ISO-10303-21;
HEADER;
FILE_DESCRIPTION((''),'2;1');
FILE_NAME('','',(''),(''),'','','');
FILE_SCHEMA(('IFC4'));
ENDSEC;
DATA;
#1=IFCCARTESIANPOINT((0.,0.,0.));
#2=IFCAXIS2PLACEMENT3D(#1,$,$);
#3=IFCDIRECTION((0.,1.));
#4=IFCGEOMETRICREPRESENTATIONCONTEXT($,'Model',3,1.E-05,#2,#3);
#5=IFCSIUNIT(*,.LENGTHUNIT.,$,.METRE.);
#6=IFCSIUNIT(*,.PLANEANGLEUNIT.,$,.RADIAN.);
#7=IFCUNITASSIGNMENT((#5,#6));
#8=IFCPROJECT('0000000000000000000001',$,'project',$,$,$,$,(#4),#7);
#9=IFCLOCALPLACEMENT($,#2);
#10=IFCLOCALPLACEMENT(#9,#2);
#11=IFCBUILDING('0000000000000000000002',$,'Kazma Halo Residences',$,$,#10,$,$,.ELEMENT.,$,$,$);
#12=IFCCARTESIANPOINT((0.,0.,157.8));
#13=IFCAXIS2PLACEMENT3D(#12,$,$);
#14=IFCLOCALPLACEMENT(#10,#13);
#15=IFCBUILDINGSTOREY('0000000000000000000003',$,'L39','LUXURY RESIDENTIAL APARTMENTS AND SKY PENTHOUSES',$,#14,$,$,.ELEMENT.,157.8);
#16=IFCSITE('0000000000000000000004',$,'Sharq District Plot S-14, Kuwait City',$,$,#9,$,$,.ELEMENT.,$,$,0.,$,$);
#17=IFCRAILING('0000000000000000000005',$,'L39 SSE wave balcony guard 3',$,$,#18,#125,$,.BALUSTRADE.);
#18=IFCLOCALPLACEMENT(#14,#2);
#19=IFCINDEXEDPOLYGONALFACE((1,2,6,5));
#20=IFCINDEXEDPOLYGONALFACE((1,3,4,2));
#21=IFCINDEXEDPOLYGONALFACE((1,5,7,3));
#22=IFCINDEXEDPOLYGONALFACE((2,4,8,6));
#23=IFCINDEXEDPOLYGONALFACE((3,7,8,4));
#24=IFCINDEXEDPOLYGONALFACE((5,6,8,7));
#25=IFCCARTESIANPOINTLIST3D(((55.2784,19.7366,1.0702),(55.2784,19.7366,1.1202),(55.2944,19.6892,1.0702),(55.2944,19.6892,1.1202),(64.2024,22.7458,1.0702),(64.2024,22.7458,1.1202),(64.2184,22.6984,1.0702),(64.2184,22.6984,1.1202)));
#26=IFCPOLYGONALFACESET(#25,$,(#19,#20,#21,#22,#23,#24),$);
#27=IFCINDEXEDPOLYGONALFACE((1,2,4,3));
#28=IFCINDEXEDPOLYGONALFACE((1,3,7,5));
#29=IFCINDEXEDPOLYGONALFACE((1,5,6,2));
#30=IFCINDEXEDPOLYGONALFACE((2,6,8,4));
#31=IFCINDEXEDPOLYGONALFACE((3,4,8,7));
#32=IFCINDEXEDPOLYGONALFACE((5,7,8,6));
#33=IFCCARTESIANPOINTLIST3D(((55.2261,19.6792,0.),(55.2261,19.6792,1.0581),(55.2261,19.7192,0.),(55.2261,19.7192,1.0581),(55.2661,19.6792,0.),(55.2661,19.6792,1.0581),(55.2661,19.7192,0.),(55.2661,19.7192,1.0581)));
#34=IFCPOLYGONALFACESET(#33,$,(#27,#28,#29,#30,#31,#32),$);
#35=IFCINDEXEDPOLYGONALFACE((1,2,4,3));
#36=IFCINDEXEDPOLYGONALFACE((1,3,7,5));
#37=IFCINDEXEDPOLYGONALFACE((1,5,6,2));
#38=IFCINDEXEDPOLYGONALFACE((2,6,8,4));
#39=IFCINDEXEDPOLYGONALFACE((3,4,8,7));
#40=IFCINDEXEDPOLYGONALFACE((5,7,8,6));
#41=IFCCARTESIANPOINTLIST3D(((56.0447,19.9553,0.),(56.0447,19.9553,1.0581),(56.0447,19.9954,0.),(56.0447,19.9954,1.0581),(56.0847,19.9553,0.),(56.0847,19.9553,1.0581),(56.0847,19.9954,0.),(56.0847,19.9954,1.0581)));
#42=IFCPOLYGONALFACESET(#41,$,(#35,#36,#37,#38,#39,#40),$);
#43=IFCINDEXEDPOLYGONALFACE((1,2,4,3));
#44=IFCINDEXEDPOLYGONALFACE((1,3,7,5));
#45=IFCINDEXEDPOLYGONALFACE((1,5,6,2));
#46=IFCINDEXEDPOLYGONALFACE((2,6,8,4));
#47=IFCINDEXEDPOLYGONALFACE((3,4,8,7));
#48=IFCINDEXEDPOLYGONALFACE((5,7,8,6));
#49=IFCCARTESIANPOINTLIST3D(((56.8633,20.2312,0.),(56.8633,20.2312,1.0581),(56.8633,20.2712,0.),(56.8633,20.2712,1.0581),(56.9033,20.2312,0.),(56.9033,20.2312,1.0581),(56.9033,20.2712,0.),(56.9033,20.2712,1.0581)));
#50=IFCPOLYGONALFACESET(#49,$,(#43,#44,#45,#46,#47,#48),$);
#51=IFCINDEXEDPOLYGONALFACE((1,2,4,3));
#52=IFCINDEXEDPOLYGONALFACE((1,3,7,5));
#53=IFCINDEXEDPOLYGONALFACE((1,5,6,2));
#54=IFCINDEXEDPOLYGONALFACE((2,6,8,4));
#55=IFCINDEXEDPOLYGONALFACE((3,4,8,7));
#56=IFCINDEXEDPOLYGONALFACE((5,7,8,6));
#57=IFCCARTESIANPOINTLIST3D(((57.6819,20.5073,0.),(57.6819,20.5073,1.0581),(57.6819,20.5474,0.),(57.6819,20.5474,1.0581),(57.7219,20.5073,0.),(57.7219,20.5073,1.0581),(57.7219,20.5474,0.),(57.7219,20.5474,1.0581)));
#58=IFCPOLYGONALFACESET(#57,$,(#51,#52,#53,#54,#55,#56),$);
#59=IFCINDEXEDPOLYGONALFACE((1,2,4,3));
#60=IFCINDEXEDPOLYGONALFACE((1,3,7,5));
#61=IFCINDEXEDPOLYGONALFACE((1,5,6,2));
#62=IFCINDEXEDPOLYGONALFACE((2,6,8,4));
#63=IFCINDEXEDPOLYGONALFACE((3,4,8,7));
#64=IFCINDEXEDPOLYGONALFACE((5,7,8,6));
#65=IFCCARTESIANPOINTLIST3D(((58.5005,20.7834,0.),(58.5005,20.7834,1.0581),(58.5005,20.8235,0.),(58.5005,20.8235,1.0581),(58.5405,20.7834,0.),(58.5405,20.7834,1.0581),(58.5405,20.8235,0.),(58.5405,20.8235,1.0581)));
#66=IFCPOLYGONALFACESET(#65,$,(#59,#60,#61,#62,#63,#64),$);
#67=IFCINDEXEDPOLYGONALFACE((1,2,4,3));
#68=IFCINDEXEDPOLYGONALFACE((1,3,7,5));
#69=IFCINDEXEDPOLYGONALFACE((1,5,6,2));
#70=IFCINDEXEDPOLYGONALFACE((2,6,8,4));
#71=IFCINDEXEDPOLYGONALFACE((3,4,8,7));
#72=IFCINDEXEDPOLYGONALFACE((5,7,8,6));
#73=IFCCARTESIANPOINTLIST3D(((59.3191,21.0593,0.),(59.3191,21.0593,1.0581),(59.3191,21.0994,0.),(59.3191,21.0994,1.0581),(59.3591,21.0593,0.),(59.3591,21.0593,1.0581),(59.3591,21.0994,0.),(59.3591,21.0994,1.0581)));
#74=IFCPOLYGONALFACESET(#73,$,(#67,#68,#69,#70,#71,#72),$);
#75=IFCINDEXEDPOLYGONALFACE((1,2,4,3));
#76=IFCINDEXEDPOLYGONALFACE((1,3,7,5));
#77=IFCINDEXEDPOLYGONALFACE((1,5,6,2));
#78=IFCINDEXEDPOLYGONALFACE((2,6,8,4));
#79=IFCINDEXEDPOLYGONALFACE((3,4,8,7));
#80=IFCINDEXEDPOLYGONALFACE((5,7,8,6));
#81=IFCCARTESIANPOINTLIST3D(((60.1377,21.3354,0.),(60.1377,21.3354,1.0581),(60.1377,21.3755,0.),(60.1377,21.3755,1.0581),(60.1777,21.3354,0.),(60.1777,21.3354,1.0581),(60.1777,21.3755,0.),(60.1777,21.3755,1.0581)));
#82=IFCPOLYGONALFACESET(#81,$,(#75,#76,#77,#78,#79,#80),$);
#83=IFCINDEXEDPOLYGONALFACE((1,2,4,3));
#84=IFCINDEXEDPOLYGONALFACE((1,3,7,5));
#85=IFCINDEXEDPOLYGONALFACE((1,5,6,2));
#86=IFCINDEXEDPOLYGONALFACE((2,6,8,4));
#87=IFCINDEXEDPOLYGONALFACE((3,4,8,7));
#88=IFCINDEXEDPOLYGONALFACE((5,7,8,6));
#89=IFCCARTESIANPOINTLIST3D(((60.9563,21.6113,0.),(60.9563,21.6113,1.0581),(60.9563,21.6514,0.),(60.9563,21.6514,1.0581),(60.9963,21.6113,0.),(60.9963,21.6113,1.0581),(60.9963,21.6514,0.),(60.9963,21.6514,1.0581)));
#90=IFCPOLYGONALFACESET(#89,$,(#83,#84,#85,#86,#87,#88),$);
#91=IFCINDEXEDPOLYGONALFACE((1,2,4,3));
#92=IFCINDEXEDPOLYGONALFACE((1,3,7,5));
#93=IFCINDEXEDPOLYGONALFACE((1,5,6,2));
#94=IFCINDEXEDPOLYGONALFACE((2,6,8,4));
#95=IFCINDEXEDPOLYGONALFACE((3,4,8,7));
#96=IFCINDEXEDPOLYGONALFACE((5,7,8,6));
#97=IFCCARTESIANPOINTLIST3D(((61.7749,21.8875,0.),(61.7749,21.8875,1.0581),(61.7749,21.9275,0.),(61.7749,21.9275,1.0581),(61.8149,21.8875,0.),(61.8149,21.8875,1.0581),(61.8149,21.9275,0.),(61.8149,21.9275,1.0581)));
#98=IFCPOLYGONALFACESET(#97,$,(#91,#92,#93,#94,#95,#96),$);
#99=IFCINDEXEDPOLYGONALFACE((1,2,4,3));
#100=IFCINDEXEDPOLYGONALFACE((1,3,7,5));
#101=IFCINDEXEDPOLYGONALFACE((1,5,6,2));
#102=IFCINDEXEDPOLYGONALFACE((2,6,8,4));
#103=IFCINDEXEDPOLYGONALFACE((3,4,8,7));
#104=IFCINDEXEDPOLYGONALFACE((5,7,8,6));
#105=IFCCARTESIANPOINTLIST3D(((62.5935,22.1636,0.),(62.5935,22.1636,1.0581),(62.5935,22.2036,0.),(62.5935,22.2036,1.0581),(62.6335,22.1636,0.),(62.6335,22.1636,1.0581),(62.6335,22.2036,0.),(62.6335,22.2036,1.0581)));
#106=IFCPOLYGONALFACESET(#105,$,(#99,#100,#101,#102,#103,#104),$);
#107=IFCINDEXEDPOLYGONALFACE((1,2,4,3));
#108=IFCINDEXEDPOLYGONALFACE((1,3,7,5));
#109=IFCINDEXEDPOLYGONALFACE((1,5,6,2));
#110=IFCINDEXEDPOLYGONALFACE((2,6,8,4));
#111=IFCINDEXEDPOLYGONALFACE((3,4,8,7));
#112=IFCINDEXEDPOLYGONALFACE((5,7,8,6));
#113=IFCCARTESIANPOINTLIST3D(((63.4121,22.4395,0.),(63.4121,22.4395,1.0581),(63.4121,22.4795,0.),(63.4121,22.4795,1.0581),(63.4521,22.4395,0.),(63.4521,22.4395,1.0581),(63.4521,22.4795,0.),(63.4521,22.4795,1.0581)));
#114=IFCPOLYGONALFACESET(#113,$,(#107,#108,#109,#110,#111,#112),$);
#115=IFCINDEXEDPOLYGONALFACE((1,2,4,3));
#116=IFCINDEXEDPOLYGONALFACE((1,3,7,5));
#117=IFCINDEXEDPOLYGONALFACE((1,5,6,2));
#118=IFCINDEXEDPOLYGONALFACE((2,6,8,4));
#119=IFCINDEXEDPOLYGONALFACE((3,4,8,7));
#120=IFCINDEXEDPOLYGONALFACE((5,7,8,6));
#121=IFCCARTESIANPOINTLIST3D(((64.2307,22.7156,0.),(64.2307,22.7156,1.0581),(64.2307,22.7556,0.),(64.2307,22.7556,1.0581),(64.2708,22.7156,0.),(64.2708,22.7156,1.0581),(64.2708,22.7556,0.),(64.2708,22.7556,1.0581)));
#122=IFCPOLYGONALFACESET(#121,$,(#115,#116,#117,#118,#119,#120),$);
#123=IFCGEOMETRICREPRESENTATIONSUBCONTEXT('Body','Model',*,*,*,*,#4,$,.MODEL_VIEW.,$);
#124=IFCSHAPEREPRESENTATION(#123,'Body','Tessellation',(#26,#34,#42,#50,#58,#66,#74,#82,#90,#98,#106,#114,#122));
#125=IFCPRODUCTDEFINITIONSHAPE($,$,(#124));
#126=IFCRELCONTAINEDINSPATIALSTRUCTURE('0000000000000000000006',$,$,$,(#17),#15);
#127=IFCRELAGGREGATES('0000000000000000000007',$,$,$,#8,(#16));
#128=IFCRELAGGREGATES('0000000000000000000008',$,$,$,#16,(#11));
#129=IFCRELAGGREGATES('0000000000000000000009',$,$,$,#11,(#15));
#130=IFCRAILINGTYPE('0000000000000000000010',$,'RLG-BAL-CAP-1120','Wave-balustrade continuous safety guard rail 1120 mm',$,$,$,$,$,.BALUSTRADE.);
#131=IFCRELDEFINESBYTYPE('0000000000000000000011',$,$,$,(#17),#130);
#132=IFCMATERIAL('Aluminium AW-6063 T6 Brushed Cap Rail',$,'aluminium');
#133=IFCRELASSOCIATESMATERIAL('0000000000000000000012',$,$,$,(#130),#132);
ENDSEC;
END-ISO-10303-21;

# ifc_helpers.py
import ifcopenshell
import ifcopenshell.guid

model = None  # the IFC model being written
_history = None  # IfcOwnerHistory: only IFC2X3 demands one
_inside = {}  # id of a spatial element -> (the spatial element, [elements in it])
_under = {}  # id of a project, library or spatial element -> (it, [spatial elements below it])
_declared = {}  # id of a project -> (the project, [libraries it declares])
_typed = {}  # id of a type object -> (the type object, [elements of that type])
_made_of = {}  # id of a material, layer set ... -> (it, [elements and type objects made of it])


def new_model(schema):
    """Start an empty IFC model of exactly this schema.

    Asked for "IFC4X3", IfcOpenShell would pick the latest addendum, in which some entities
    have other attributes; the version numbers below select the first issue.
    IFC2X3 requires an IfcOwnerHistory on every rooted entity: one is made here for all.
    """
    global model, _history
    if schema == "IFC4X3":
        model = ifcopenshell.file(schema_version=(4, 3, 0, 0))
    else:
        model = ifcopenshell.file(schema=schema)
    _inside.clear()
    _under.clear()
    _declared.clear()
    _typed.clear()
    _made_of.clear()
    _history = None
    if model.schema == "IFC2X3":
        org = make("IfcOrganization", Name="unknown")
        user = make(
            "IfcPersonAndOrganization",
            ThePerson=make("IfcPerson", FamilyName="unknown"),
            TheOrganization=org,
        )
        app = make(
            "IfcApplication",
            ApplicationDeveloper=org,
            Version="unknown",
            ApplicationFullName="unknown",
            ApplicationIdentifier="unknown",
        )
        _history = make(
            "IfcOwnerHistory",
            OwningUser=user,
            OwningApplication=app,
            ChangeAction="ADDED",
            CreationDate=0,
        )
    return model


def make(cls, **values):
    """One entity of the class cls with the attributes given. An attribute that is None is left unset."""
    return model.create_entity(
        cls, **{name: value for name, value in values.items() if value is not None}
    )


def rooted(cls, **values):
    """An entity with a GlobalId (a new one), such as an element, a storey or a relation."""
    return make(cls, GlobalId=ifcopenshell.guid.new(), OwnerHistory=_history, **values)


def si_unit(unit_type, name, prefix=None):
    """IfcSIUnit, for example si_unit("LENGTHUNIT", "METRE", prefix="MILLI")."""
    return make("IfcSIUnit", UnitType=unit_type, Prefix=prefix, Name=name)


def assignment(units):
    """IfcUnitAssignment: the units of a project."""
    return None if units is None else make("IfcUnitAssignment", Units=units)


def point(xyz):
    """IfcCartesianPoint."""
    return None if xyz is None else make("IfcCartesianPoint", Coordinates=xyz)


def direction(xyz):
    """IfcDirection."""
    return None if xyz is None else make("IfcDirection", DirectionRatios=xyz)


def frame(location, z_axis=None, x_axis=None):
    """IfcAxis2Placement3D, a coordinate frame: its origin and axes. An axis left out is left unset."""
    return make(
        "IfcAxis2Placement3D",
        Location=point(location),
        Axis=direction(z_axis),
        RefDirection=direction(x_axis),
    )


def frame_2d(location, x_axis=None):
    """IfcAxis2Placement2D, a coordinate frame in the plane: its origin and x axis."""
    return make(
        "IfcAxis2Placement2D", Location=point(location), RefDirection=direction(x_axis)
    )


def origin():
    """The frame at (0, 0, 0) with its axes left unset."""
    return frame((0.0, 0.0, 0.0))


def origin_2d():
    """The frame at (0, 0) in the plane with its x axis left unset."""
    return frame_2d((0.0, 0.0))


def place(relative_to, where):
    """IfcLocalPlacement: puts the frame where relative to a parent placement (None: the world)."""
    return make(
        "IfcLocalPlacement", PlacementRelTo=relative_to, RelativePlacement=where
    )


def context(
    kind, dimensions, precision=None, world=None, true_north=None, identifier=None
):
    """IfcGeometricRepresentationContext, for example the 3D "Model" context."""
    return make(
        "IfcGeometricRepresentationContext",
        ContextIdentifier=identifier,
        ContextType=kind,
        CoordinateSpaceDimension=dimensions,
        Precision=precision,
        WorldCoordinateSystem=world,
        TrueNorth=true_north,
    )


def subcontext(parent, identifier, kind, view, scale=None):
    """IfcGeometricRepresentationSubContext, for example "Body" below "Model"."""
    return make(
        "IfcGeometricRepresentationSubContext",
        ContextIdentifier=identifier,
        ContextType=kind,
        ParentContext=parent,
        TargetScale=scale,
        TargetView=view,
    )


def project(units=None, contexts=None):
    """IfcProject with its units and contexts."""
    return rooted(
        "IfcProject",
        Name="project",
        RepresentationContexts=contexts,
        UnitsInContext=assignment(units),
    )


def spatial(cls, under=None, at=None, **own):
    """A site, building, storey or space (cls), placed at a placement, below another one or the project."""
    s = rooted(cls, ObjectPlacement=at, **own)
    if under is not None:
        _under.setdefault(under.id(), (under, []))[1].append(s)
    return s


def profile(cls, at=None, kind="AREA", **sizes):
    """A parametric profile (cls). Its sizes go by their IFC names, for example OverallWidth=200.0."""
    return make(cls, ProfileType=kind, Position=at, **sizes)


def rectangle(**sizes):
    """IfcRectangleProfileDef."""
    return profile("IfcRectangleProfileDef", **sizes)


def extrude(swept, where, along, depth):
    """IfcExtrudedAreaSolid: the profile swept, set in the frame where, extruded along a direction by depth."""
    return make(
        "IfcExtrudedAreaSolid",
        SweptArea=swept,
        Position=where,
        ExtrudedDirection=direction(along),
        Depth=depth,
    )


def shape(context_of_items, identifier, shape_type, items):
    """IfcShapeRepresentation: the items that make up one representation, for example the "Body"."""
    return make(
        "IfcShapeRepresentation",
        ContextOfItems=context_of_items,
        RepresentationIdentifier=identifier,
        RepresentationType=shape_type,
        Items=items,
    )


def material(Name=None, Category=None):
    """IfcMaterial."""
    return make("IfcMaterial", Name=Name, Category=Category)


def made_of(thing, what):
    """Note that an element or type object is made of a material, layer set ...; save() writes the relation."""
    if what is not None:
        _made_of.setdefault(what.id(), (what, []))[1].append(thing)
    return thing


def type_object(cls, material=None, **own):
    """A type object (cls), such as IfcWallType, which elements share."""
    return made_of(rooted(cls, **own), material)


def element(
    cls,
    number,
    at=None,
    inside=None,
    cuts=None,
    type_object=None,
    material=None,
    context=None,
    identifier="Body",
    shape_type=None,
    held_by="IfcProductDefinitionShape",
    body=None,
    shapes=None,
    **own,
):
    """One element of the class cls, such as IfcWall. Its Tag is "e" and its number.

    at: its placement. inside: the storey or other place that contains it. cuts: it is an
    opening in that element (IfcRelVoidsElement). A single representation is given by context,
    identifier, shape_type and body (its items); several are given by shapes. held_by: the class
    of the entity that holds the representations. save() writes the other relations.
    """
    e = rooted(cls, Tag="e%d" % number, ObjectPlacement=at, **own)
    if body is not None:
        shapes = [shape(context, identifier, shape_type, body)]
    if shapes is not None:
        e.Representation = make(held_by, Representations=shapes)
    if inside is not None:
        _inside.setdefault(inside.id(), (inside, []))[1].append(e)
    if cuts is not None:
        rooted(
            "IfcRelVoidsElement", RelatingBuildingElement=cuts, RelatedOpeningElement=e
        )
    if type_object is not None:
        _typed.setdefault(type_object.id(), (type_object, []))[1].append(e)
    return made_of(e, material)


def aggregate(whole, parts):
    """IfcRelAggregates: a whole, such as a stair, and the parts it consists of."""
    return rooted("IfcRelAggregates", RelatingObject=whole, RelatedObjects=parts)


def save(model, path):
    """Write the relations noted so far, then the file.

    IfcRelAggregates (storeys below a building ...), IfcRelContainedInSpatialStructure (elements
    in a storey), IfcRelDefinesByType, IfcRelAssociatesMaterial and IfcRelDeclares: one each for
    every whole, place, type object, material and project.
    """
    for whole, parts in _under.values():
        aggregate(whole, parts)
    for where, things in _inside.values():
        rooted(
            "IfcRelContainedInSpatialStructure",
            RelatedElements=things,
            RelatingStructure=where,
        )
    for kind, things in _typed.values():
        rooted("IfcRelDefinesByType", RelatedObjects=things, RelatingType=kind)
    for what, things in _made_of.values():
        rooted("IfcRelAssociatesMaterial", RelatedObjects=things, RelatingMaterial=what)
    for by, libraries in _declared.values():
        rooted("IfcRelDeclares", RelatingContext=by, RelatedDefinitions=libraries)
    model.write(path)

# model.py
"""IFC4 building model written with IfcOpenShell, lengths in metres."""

from ifc_helpers import new_model, si_unit, direction, frame, origin, origin_2d, place, context, subcontext, project, spatial, rectangle, extrude, material, type_object, element, save


model = new_model("IFC4")

# Units and contexts
model_context = context("Model", 3, precision=1e-05, world=origin(), true_north=direction((0.0, 1.0)))
body_context = subcontext(model_context, "Body", "Model", "MODEL_VIEW")
ifc_project = project(units=[si_unit("LENGTHUNIT", "METRE"), si_unit("PLANEANGLEUNIT", "RADIAN")], contexts=[model_context])

# Site, building, storey
site_placement = place(None, origin())
site = spatial("IfcSite", under=ifc_project, at=site_placement, Name="Sharq District Plot S-14, Kuwait City", CompositionType="ELEMENT", RefElevation=0.0)
building_placement = place(site_placement, origin())
building = spatial("IfcBuilding", under=site, at=building_placement, Name="Kazma Halo Residences", CompositionType="ELEMENT")
storey_placement = place(building_placement, frame((0.0, 0.0, 157.8)))
storey = spatial("IfcBuildingStorey", under=building, at=storey_placement, Name="L39", Description="LUXURY RESIDENTIAL APARTMENTS AND SKY PENTHOUSES", CompositionType="ELEMENT", Elevation=157.8)

# Railing
ifc_material_1 = material(Name="Aluminium AW-6063 T6 Brushed Cap Rail", Category="aluminium")
railing_type = type_object("IfcRailingType", Name="RLG-BAL-CAP-1120", Description="Wave-balustrade continuous safety guard rail 1120 mm", PredefinedType="BALUSTRADE", material=ifc_material_1)
railing_placement = place(storey_placement, frame((55.2461, 19.6992, 0.0)))
element("IfcRailing", 1, at=railing_placement, inside=storey, type_object=railing_type, Name="L39 SSE wave balcony guard 3", PredefinedType="BALUSTRADE", context=body_context, shape_type="SweptSolid", body=[
    extrude(rectangle(XDim=0.05, YDim=0.05, at=origin_2d()), frame((0.0403, 0.0137, 1.0952), z_axis=(0.947578, 0.319525, 0.0), x_axis=(-0.319525, 0.947578, 0.0)), (0.0, 0.0, 1.0), 9.4177),
    extrude(rectangle(XDim=0.04, YDim=0.04, at=origin_2d()), origin(), (0.0, 0.0, 1.0), 1.0581),
    extrude(rectangle(XDim=0.04, YDim=0.04, at=origin_2d()), frame((0.8186, 0.2761, 0.0)), (0.0, 0.0, 1.0), 1.0581),
    extrude(rectangle(XDim=0.04, YDim=0.04, at=origin_2d()), frame((1.6372, 0.552, 0.0)), (0.0, 0.0, 1.0), 1.0581),
    extrude(rectangle(XDim=0.04, YDim=0.04, at=origin_2d()), frame((2.4558, 0.8281, 0.0)), (0.0, 0.0, 1.0), 1.0581),
    extrude(rectangle(XDim=0.04, YDim=0.04, at=origin_2d()), frame((3.2744, 1.1042, 0.0)), (0.0, 0.0, 1.0), 1.0581),
    extrude(rectangle(XDim=0.04, YDim=0.04, at=origin_2d()), frame((4.093, 1.3801, 0.0)), (0.0, 0.0, 1.0), 1.0581),
    extrude(rectangle(XDim=0.04, YDim=0.04, at=origin_2d()), frame((4.9116, 1.6562, 0.0)), (0.0, 0.0, 1.0), 1.0581),
    extrude(rectangle(XDim=0.04, YDim=0.04, at=origin_2d()), frame((5.7302, 1.9321, 0.0)), (0.0, 0.0, 1.0), 1.0581),
    extrude(rectangle(XDim=0.04, YDim=0.04, at=origin_2d()), frame((6.5488, 2.2083, 0.0)), (0.0, 0.0, 1.0), 1.0581),
    extrude(rectangle(XDim=0.04, YDim=0.04, at=origin_2d()), frame((7.3674, 2.4844, 0.0)), (0.0, 0.0, 1.0), 1.0581),
    extrude(rectangle(XDim=0.04, YDim=0.04, at=origin_2d()), frame((8.186, 2.7603, 0.0)), (0.0, 0.0, 1.0), 1.0581),
    extrude(rectangle(XDim=0.04, YDim=0.04, at=origin_2d()), frame((9.0046, 3.0364, 0.0)), (0.0, 0.0, 1.0), 1.0581),
])

save(model, "model.ifc")
